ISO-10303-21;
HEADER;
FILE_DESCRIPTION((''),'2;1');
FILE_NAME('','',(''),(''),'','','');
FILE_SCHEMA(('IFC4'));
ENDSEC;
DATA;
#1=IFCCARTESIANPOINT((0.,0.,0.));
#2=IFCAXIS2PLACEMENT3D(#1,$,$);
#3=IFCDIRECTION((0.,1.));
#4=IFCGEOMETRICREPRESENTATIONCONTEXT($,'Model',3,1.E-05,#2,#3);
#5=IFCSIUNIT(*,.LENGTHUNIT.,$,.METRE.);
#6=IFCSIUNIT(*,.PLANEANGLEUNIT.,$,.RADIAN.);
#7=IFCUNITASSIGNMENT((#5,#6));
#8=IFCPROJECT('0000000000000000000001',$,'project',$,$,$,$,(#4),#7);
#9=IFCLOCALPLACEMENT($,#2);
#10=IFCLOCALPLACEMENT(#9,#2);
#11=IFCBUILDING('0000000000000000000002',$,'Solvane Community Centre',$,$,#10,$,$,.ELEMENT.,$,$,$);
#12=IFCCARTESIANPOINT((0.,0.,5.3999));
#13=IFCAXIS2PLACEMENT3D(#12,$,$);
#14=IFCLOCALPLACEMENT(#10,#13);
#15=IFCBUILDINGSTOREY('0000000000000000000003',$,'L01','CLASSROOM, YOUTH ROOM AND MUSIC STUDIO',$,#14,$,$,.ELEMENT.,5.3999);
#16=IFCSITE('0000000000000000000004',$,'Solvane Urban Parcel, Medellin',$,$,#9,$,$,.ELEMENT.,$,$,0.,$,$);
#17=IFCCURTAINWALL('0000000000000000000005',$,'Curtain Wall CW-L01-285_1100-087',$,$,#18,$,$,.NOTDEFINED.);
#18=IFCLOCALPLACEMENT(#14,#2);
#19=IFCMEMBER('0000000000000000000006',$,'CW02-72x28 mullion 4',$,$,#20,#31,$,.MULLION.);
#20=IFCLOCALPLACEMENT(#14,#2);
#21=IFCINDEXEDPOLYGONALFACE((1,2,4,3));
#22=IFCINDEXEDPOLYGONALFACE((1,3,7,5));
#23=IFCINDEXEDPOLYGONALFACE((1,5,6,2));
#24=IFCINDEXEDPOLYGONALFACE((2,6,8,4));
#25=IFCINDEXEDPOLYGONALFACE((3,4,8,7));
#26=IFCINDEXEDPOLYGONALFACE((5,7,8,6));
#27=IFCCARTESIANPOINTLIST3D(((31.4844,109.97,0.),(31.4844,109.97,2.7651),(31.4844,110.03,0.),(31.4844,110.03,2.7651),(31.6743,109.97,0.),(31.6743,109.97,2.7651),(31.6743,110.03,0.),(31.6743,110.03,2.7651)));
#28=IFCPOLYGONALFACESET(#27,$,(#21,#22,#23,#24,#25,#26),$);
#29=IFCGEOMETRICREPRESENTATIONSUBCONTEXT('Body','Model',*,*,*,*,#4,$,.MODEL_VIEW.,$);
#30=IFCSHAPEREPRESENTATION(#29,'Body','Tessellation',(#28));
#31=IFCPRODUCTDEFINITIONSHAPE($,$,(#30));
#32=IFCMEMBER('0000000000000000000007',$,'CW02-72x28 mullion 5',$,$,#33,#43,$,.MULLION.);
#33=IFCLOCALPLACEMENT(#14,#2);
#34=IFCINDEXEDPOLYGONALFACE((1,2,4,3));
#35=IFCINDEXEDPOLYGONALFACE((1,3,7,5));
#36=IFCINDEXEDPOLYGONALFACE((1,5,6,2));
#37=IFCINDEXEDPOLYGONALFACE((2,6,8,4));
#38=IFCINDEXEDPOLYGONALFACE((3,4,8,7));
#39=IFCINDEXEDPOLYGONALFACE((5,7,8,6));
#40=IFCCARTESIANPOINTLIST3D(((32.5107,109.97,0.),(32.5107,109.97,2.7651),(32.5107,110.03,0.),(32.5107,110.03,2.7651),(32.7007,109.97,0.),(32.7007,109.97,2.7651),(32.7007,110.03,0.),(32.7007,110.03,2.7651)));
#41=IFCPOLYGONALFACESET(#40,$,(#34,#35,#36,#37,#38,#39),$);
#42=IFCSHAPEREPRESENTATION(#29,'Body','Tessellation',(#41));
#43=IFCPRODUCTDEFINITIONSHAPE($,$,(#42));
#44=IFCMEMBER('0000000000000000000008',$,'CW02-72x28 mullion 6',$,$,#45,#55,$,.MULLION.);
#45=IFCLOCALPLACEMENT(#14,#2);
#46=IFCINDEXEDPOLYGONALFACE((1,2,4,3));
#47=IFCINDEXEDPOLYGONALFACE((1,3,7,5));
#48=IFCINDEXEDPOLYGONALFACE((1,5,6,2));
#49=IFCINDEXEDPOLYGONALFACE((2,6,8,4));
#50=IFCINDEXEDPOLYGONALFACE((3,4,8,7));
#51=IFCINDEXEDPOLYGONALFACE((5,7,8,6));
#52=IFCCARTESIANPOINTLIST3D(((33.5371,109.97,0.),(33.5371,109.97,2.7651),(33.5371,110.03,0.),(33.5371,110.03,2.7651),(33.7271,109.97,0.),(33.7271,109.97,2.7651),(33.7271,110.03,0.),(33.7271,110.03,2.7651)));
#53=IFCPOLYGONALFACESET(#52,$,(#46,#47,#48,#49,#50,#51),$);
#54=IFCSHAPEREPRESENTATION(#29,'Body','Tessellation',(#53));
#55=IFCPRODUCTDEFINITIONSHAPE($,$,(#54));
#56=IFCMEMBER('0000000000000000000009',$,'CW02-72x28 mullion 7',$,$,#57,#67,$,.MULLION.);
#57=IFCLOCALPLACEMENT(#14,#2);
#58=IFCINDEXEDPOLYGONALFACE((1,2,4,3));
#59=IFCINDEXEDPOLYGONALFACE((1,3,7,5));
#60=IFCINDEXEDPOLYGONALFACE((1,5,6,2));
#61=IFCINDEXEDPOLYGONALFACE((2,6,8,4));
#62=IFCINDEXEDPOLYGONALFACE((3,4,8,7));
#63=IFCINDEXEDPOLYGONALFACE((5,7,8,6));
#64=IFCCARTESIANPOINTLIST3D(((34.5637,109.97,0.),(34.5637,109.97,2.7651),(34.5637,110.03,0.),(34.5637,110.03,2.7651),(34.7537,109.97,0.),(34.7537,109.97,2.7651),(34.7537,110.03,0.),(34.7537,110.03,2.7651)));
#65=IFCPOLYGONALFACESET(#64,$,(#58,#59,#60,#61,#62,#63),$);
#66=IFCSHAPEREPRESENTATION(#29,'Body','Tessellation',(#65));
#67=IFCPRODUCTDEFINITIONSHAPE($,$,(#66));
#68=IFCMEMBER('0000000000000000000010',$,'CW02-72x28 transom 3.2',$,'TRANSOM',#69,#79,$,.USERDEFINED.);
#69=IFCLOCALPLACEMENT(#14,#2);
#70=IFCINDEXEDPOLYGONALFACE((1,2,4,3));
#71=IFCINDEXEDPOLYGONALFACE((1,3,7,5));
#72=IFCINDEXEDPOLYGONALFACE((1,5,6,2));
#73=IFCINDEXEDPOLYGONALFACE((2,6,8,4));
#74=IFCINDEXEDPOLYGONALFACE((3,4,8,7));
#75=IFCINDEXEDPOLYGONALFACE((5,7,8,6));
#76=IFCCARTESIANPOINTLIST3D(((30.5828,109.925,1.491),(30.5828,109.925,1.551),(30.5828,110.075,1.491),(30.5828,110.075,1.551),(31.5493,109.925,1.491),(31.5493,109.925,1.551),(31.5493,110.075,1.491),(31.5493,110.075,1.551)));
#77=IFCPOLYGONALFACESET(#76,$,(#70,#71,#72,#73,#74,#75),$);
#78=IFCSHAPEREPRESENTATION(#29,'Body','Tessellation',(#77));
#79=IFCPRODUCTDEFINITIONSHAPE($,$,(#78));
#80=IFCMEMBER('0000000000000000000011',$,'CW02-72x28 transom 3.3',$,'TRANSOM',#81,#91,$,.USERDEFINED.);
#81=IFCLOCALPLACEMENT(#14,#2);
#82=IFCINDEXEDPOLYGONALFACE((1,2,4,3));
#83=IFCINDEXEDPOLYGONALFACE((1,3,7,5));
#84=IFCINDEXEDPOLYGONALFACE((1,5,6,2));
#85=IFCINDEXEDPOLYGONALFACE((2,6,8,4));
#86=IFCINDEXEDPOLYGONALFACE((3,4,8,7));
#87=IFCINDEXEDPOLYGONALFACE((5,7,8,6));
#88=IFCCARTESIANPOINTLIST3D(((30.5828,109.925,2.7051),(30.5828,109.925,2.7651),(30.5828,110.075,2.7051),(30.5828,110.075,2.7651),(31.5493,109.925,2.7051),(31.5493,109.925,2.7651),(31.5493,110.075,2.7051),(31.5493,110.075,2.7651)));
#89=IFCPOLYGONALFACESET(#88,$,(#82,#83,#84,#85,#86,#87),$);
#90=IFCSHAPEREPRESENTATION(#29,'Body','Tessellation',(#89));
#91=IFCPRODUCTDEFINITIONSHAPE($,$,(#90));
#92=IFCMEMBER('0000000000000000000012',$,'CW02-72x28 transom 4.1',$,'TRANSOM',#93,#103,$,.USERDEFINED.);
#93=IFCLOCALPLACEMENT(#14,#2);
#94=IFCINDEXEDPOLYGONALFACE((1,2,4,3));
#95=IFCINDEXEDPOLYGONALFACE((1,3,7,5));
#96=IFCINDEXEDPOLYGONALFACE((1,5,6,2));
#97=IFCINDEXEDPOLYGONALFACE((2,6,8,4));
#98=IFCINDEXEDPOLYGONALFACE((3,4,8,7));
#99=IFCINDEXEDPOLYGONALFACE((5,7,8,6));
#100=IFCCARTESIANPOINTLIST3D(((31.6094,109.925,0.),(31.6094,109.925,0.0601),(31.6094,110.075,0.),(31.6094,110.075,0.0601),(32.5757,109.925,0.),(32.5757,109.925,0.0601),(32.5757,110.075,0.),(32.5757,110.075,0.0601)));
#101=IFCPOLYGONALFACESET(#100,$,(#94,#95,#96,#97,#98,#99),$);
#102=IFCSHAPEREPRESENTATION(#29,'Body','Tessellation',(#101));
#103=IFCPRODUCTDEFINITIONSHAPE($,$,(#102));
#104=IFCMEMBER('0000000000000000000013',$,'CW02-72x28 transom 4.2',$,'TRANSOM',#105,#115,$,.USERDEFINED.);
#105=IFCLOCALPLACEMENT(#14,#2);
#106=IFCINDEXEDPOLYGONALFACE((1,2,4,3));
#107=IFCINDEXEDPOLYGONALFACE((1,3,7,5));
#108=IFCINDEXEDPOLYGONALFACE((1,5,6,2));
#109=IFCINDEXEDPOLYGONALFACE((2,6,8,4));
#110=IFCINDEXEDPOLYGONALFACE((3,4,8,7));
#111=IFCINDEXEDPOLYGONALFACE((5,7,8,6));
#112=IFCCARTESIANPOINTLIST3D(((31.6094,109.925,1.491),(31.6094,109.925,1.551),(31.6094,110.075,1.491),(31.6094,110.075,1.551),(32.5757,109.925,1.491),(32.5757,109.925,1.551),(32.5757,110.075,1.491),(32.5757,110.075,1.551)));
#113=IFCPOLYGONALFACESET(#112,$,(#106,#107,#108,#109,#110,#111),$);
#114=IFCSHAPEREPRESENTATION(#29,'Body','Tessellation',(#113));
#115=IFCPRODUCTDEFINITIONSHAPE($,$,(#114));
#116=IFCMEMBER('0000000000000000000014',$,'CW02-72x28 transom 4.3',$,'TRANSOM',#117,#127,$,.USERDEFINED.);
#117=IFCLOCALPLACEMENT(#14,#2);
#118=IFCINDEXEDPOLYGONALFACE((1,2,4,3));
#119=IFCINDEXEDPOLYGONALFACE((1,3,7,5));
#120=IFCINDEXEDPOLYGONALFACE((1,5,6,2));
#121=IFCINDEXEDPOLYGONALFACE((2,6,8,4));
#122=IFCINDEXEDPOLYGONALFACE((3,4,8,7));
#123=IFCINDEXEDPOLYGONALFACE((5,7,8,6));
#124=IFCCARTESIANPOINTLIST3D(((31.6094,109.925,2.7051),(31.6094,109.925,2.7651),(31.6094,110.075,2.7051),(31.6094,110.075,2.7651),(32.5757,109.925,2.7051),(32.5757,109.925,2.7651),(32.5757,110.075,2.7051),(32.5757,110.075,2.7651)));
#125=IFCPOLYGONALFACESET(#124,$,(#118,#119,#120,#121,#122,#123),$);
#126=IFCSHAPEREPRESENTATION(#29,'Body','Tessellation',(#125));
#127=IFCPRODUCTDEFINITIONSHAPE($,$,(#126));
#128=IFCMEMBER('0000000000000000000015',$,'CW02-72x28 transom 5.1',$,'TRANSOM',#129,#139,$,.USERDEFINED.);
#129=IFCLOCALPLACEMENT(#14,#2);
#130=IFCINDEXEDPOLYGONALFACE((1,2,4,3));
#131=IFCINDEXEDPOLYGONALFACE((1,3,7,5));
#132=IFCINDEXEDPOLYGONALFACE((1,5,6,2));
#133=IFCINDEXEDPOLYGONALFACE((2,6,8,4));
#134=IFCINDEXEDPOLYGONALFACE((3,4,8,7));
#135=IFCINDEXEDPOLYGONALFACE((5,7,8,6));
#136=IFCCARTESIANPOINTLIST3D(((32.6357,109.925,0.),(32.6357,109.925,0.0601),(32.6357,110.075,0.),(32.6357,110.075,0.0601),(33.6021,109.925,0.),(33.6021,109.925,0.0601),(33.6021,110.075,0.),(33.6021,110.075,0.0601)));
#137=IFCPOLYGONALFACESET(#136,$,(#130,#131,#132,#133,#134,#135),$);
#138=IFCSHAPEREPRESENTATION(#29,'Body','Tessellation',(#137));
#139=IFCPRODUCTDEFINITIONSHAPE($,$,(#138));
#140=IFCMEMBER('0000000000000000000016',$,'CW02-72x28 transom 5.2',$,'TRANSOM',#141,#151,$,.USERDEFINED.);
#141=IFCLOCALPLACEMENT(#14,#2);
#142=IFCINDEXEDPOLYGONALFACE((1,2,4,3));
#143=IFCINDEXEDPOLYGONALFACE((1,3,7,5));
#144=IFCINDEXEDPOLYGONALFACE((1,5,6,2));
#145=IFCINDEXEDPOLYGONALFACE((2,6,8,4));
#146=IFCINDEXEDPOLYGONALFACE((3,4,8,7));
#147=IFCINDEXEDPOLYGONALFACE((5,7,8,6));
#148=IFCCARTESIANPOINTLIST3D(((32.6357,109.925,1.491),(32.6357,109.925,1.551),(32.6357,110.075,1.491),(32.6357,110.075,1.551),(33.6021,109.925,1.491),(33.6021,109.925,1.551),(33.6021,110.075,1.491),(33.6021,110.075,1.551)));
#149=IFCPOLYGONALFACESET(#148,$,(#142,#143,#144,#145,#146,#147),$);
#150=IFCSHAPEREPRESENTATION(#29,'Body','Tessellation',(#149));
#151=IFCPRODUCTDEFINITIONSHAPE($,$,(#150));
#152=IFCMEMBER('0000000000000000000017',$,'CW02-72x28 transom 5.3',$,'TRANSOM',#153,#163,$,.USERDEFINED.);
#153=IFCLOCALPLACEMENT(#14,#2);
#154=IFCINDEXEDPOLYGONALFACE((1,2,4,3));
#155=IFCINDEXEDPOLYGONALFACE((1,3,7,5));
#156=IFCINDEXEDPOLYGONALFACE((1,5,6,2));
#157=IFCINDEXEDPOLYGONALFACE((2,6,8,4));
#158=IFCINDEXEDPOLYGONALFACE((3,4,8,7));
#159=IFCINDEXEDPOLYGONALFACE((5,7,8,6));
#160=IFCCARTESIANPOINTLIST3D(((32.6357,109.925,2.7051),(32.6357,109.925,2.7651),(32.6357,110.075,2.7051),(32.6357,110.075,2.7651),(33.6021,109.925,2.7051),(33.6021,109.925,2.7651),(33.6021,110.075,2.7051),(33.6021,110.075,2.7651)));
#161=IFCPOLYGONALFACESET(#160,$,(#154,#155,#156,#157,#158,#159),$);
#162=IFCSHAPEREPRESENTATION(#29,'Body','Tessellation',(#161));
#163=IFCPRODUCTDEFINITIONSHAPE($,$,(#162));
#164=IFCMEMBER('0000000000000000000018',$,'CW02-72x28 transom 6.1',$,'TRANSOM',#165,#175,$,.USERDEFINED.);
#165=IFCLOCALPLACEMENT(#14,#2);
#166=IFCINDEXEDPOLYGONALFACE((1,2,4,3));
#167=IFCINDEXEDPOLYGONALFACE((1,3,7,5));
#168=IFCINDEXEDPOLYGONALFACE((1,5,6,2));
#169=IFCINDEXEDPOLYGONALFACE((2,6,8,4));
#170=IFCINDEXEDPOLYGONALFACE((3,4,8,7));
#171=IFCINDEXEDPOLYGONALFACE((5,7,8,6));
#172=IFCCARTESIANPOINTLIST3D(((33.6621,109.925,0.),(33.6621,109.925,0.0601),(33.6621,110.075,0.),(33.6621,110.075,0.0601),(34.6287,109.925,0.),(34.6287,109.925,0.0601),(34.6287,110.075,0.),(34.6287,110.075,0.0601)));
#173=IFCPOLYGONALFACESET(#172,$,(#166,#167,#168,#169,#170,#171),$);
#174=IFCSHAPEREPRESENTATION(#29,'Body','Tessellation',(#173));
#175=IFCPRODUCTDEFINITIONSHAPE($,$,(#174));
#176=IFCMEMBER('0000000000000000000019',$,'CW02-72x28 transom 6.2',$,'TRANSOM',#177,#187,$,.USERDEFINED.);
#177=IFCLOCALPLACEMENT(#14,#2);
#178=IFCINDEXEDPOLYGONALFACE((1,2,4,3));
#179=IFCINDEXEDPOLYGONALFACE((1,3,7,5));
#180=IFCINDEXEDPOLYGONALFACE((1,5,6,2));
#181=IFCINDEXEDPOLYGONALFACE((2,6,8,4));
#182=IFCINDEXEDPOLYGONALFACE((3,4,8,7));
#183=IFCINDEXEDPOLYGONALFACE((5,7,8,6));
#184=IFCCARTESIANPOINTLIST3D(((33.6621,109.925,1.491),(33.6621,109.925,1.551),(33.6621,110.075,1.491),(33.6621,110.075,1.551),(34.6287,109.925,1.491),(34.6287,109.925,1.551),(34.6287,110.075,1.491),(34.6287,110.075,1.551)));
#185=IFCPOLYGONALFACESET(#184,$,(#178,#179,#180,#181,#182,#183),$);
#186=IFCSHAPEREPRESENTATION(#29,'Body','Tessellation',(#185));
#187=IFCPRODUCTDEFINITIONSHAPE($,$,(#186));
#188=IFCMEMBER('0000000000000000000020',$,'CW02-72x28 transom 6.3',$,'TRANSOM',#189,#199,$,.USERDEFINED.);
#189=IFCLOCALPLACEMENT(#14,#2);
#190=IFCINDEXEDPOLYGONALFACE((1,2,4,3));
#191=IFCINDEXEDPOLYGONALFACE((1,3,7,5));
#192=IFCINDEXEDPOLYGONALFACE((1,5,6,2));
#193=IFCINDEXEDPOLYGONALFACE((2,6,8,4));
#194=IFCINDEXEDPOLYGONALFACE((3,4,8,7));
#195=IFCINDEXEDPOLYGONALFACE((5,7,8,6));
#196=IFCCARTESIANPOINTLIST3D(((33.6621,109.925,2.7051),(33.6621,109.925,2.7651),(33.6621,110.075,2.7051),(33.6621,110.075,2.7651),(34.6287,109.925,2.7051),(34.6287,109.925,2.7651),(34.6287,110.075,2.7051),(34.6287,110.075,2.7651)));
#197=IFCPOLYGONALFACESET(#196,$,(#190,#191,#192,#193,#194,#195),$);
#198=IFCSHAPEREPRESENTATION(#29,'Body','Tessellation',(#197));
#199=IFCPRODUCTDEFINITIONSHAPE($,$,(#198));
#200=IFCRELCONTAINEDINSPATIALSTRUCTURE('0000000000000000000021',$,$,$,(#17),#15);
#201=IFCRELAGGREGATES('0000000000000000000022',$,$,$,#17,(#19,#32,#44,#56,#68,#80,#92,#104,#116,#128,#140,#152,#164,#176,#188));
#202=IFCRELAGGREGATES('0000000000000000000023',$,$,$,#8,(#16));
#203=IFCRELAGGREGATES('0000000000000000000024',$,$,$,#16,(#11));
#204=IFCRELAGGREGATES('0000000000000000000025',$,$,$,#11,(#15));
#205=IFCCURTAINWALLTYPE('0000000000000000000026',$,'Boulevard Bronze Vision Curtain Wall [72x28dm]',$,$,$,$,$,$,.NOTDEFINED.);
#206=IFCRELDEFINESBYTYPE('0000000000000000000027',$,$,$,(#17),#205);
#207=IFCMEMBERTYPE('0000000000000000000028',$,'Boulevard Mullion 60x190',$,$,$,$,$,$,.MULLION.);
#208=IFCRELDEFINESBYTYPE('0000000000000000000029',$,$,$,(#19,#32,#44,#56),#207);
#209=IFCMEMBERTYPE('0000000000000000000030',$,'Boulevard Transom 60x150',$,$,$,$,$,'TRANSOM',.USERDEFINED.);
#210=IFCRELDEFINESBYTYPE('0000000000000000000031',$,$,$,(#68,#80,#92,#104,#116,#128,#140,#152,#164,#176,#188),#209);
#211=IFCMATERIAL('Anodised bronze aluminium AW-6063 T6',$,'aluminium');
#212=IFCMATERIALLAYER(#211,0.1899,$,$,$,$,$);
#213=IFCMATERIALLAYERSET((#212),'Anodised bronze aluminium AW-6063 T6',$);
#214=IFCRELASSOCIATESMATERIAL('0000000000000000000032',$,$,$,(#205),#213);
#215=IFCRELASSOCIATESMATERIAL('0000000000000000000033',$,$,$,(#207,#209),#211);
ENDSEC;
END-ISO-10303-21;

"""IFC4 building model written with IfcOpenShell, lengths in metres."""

from ifc_helpers import new_model, si_unit, direction, frame, origin, origin_2d, place, context, subcontext, project, spatial, rectangle, extrude, material, layer, layer_set, material_profile, profile_set, type_object, element, aggregate, save


model = new_model("IFC4")

# Units and contexts
model_context = context("Model", 3, precision=1e-05, world=origin(), true_north=direction((0.0, 1.0)))
body_context = subcontext(model_context, "Body", "Model", "MODEL_VIEW")
ifc_project = project(units=[si_unit("LENGTHUNIT", "METRE"), si_unit("PLANEANGLEUNIT", "RADIAN")], contexts=[model_context])

# Site, building, storey
site_placement = place(None, origin())
site = spatial("IfcSite", under=ifc_project, at=site_placement, Name="Solvane Urban Parcel, Medellin", CompositionType="ELEMENT", RefElevation=0.0)
building_placement = place(site_placement, origin())
building = spatial("IfcBuilding", under=site, at=building_placement, Name="Solvane Community Centre", CompositionType="ELEMENT")
storey_placement = place(building_placement, frame((0.0, 0.0, 5.3999)))
storey = spatial("IfcBuildingStorey", under=building, at=storey_placement, Name="L01", Description="CLASSROOM, YOUTH ROOM AND MUSIC STUDIO", CompositionType="ELEMENT", Elevation=5.3999)

# Curtain wall, members
ifc_material_1 = material(Name="Anodised bronze aluminium AW-6063 T6", Category="aluminium")
ifc_layer_1 = layer(ifc_material_1, 0.1899)
ifc_layer_set_1 = layer_set([ifc_layer_1], Name="Anodised bronze aluminium AW-6063 T6")
curtain_wall_type = type_object("IfcCurtainWallType", Name="Boulevard Bronze Vision Curtain Wall [72x28dm]", PredefinedType="NOTDEFINED", material=ifc_layer_set_1)
curtain_wall_placement = place(storey_placement, origin())
curtain_wall = element("IfcCurtainWall", 1, at=curtain_wall_placement, inside=storey, type_object=curtain_wall_type, Name="Curtain Wall CW-L01-285_1100-087", PredefinedType="NOTDEFINED")
ifc_material_profile_1 = material_profile(ifc_material_1, rectangle(XDim=0.0601, YDim=0.1899, at=origin_2d()), Name="CW-M 60x190")
ifc_profile_set_1 = profile_set([ifc_material_profile_1], Name="Anodised bronze aluminium AW-6063 T6")
member_type_1 = type_object("IfcMemberType", Name="Boulevard Mullion 60x190", PredefinedType="MULLION", material=ifc_profile_set_1)
member_1_placement = place(storey_placement, frame((31.5793, 110.0, 0.0), z_axis=(0.0, 0.0, 1.0), x_axis=(0.0, 1.0, 0.0)))
member_1 = element("IfcMember", 2, at=member_1_placement, type_object=member_type_1, Name="CW02-72x28 mullion 4", PredefinedType="MULLION", context=body_context, shape_type="SweptSolid", body=[
    extrude(rectangle(XDim=0.0601, YDim=0.1899, at=origin_2d()), origin(), (0.0, 0.0, 1.0), 2.7651),
])
member_2_placement = place(storey_placement, frame((32.6057, 110.0, 0.0), z_axis=(0.0, 0.0, 1.0), x_axis=(0.0, 1.0, 0.0)))
member_2 = element("IfcMember", 3, at=member_2_placement, type_object=member_type_1, Name="CW02-72x28 mullion 5", PredefinedType="MULLION", context=body_context, shape_type="SweptSolid", body=[
    extrude(rectangle(XDim=0.0601, YDim=0.1899, at=origin_2d()), origin(), (0.0, 0.0, 1.0), 2.7651),
])
member_3_placement = place(storey_placement, frame((33.6321, 110.0, 0.0), z_axis=(0.0, 0.0, 1.0), x_axis=(0.0, 1.0, 0.0)))
member_3 = element("IfcMember", 4, at=member_3_placement, type_object=member_type_1, Name="CW02-72x28 mullion 6", PredefinedType="MULLION", context=body_context, shape_type="SweptSolid", body=[
    extrude(rectangle(XDim=0.0601, YDim=0.1899, at=origin_2d()), origin(), (0.0, 0.0, 1.0), 2.7651),
])
member_4_placement = place(storey_placement, frame((34.6587, 110.0, 0.0), z_axis=(0.0, 0.0, 1.0), x_axis=(0.0, 1.0, 0.0)))
member_4 = element("IfcMember", 5, at=member_4_placement, type_object=member_type_1, Name="CW02-72x28 mullion 7", PredefinedType="MULLION", context=body_context, shape_type="SweptSolid", body=[
    extrude(rectangle(XDim=0.0601, YDim=0.1899, at=origin_2d()), origin(), (0.0, 0.0, 1.0), 2.7651),
])
ifc_material_profile_2 = material_profile(ifc_material_1, rectangle(XDim=0.1499, YDim=0.0601, at=origin_2d()), Name="CW-T 60x150")
ifc_profile_set_2 = profile_set([ifc_material_profile_2], Name="Anodised bronze aluminium AW-6063 T6")
member_type_2 = type_object("IfcMemberType", Name="Boulevard Transom 60x150", ElementType="TRANSOM", PredefinedType="USERDEFINED", material=ifc_profile_set_2)
member_5_placement = place(storey_placement, frame((30.5828, 110.0, 1.521), z_axis=(1.0, 0.0, 0.0), x_axis=(0.0, 1.0, 0.0)))
member_5 = element("IfcMember", 6, at=member_5_placement, type_object=member_type_2, Name="CW02-72x28 transom 3.2", ObjectType="TRANSOM", PredefinedType="USERDEFINED", context=body_context, shape_type="SweptSolid", body=[
    extrude(rectangle(XDim=0.1499, YDim=0.0601, at=origin_2d()), origin(), (0.0, 0.0, 1.0), 0.9666),
])
member_6_placement = place(storey_placement, frame((30.5828, 110.0, 2.7351), z_axis=(1.0, 0.0, 0.0), x_axis=(0.0, 1.0, 0.0)))
member_6 = element("IfcMember", 7, at=member_6_placement, type_object=member_type_2, Name="CW02-72x28 transom 3.3", ObjectType="TRANSOM", PredefinedType="USERDEFINED", context=body_context, shape_type="SweptSolid", body=[
    extrude(rectangle(XDim=0.1499, YDim=0.0601, at=origin_2d()), origin(), (0.0, 0.0, 1.0), 0.9666),
])
member_7_placement = place(storey_placement, frame((31.6094, 110.0, 0.03), z_axis=(1.0, 0.0, 0.0), x_axis=(0.0, 1.0, 0.0)))
member_7 = element("IfcMember", 8, at=member_7_placement, type_object=member_type_2, Name="CW02-72x28 transom 4.1", ObjectType="TRANSOM", PredefinedType="USERDEFINED", context=body_context, shape_type="SweptSolid", body=[
    extrude(rectangle(XDim=0.1499, YDim=0.0601, at=origin_2d()), origin(), (0.0, 0.0, 1.0), 0.9663),
])
member_8_placement = place(storey_placement, frame((31.6094, 110.0, 1.521), z_axis=(1.0, 0.0, 0.0), x_axis=(0.0, 1.0, 0.0)))
member_8 = element("IfcMember", 9, at=member_8_placement, type_object=member_type_2, Name="CW02-72x28 transom 4.2", ObjectType="TRANSOM", PredefinedType="USERDEFINED", context=body_context, shape_type="SweptSolid", body=[
    extrude(rectangle(XDim=0.1499, YDim=0.0601, at=origin_2d()), origin(), (0.0, 0.0, 1.0), 0.9663),
])
member_9_placement = place(storey_placement, frame((31.6094, 110.0, 2.7351), z_axis=(1.0, 0.0, 0.0), x_axis=(0.0, 1.0, 0.0)))
member_9 = element("IfcMember", 10, at=member_9_placement, type_object=member_type_2, Name="CW02-72x28 transom 4.3", ObjectType="TRANSOM", PredefinedType="USERDEFINED", context=body_context, shape_type="SweptSolid", body=[
    extrude(rectangle(XDim=0.1499, YDim=0.0601, at=origin_2d()), origin(), (0.0, 0.0, 1.0), 0.9663),
])
member_10_placement = place(storey_placement, frame((32.6357, 110.0, 0.03), z_axis=(1.0, 0.0, 0.0), x_axis=(0.0, 1.0, 0.0)))
member_10 = element("IfcMember", 11, at=member_10_placement, type_object=member_type_2, Name="CW02-72x28 transom 5.1", ObjectType="TRANSOM", PredefinedType="USERDEFINED", context=body_context, shape_type="SweptSolid", body=[
    extrude(rectangle(XDim=0.1499, YDim=0.0601, at=origin_2d()), origin(), (0.0, 0.0, 1.0), 0.9663),
])
member_11_placement = place(storey_placement, frame((32.6357, 110.0, 1.521), z_axis=(1.0, 0.0, 0.0), x_axis=(0.0, 1.0, 0.0)))
member_11 = element("IfcMember", 12, at=member_11_placement, type_object=member_type_2, Name="CW02-72x28 transom 5.2", ObjectType="TRANSOM", PredefinedType="USERDEFINED", context=body_context, shape_type="SweptSolid", body=[
    extrude(rectangle(XDim=0.1499, YDim=0.0601, at=origin_2d()), origin(), (0.0, 0.0, 1.0), 0.9663),
])
member_12_placement = place(storey_placement, frame((32.6357, 110.0, 2.7351), z_axis=(1.0, 0.0, 0.0), x_axis=(0.0, 1.0, 0.0)))
member_12 = element("IfcMember", 13, at=member_12_placement, type_object=member_type_2, Name="CW02-72x28 transom 5.3", ObjectType="TRANSOM", PredefinedType="USERDEFINED", context=body_context, shape_type="SweptSolid", body=[
    extrude(rectangle(XDim=0.1499, YDim=0.0601, at=origin_2d()), origin(), (0.0, 0.0, 1.0), 0.9663),
])
member_13_placement = place(storey_placement, frame((33.6621, 110.0, 0.03), z_axis=(1.0, 0.0, 0.0), x_axis=(0.0, 1.0, 0.0)))
member_13 = element("IfcMember", 14, at=member_13_placement, type_object=member_type_2, Name="CW02-72x28 transom 6.1", ObjectType="TRANSOM", PredefinedType="USERDEFINED", context=body_context, shape_type="SweptSolid", body=[
    extrude(rectangle(XDim=0.1499, YDim=0.0601, at=origin_2d()), origin(), (0.0, 0.0, 1.0), 0.9666),
])
member_14_placement = place(storey_placement, frame((33.6621, 110.0, 1.521), z_axis=(1.0, 0.0, 0.0), x_axis=(0.0, 1.0, 0.0)))
member_14 = element("IfcMember", 15, at=member_14_placement, type_object=member_type_2, Name="CW02-72x28 transom 6.2", ObjectType="TRANSOM", PredefinedType="USERDEFINED", context=body_context, shape_type="SweptSolid", body=[
    extrude(rectangle(XDim=0.1499, YDim=0.0601, at=origin_2d()), origin(), (0.0, 0.0, 1.0), 0.9666),
])
member_15_placement = place(storey_placement, frame((33.6621, 110.0, 2.7351), z_axis=(1.0, 0.0, 0.0), x_axis=(0.0, 1.0, 0.0)))
member_15 = element("IfcMember", 16, at=member_15_placement, type_object=member_type_2, Name="CW02-72x28 transom 6.3", ObjectType="TRANSOM", PredefinedType="USERDEFINED", context=body_context, shape_type="SweptSolid", body=[
    extrude(rectangle(XDim=0.1499, YDim=0.0601, at=origin_2d()), origin(), (0.0, 0.0, 1.0), 0.9666),
])

aggregate(curtain_wall, [member_1, member_2, member_3, member_4, member_5, member_6, member_7, member_8, member_9, member_10, member_11, member_12, member_13, member_14, member_15])

save(model, "model.ifc")
